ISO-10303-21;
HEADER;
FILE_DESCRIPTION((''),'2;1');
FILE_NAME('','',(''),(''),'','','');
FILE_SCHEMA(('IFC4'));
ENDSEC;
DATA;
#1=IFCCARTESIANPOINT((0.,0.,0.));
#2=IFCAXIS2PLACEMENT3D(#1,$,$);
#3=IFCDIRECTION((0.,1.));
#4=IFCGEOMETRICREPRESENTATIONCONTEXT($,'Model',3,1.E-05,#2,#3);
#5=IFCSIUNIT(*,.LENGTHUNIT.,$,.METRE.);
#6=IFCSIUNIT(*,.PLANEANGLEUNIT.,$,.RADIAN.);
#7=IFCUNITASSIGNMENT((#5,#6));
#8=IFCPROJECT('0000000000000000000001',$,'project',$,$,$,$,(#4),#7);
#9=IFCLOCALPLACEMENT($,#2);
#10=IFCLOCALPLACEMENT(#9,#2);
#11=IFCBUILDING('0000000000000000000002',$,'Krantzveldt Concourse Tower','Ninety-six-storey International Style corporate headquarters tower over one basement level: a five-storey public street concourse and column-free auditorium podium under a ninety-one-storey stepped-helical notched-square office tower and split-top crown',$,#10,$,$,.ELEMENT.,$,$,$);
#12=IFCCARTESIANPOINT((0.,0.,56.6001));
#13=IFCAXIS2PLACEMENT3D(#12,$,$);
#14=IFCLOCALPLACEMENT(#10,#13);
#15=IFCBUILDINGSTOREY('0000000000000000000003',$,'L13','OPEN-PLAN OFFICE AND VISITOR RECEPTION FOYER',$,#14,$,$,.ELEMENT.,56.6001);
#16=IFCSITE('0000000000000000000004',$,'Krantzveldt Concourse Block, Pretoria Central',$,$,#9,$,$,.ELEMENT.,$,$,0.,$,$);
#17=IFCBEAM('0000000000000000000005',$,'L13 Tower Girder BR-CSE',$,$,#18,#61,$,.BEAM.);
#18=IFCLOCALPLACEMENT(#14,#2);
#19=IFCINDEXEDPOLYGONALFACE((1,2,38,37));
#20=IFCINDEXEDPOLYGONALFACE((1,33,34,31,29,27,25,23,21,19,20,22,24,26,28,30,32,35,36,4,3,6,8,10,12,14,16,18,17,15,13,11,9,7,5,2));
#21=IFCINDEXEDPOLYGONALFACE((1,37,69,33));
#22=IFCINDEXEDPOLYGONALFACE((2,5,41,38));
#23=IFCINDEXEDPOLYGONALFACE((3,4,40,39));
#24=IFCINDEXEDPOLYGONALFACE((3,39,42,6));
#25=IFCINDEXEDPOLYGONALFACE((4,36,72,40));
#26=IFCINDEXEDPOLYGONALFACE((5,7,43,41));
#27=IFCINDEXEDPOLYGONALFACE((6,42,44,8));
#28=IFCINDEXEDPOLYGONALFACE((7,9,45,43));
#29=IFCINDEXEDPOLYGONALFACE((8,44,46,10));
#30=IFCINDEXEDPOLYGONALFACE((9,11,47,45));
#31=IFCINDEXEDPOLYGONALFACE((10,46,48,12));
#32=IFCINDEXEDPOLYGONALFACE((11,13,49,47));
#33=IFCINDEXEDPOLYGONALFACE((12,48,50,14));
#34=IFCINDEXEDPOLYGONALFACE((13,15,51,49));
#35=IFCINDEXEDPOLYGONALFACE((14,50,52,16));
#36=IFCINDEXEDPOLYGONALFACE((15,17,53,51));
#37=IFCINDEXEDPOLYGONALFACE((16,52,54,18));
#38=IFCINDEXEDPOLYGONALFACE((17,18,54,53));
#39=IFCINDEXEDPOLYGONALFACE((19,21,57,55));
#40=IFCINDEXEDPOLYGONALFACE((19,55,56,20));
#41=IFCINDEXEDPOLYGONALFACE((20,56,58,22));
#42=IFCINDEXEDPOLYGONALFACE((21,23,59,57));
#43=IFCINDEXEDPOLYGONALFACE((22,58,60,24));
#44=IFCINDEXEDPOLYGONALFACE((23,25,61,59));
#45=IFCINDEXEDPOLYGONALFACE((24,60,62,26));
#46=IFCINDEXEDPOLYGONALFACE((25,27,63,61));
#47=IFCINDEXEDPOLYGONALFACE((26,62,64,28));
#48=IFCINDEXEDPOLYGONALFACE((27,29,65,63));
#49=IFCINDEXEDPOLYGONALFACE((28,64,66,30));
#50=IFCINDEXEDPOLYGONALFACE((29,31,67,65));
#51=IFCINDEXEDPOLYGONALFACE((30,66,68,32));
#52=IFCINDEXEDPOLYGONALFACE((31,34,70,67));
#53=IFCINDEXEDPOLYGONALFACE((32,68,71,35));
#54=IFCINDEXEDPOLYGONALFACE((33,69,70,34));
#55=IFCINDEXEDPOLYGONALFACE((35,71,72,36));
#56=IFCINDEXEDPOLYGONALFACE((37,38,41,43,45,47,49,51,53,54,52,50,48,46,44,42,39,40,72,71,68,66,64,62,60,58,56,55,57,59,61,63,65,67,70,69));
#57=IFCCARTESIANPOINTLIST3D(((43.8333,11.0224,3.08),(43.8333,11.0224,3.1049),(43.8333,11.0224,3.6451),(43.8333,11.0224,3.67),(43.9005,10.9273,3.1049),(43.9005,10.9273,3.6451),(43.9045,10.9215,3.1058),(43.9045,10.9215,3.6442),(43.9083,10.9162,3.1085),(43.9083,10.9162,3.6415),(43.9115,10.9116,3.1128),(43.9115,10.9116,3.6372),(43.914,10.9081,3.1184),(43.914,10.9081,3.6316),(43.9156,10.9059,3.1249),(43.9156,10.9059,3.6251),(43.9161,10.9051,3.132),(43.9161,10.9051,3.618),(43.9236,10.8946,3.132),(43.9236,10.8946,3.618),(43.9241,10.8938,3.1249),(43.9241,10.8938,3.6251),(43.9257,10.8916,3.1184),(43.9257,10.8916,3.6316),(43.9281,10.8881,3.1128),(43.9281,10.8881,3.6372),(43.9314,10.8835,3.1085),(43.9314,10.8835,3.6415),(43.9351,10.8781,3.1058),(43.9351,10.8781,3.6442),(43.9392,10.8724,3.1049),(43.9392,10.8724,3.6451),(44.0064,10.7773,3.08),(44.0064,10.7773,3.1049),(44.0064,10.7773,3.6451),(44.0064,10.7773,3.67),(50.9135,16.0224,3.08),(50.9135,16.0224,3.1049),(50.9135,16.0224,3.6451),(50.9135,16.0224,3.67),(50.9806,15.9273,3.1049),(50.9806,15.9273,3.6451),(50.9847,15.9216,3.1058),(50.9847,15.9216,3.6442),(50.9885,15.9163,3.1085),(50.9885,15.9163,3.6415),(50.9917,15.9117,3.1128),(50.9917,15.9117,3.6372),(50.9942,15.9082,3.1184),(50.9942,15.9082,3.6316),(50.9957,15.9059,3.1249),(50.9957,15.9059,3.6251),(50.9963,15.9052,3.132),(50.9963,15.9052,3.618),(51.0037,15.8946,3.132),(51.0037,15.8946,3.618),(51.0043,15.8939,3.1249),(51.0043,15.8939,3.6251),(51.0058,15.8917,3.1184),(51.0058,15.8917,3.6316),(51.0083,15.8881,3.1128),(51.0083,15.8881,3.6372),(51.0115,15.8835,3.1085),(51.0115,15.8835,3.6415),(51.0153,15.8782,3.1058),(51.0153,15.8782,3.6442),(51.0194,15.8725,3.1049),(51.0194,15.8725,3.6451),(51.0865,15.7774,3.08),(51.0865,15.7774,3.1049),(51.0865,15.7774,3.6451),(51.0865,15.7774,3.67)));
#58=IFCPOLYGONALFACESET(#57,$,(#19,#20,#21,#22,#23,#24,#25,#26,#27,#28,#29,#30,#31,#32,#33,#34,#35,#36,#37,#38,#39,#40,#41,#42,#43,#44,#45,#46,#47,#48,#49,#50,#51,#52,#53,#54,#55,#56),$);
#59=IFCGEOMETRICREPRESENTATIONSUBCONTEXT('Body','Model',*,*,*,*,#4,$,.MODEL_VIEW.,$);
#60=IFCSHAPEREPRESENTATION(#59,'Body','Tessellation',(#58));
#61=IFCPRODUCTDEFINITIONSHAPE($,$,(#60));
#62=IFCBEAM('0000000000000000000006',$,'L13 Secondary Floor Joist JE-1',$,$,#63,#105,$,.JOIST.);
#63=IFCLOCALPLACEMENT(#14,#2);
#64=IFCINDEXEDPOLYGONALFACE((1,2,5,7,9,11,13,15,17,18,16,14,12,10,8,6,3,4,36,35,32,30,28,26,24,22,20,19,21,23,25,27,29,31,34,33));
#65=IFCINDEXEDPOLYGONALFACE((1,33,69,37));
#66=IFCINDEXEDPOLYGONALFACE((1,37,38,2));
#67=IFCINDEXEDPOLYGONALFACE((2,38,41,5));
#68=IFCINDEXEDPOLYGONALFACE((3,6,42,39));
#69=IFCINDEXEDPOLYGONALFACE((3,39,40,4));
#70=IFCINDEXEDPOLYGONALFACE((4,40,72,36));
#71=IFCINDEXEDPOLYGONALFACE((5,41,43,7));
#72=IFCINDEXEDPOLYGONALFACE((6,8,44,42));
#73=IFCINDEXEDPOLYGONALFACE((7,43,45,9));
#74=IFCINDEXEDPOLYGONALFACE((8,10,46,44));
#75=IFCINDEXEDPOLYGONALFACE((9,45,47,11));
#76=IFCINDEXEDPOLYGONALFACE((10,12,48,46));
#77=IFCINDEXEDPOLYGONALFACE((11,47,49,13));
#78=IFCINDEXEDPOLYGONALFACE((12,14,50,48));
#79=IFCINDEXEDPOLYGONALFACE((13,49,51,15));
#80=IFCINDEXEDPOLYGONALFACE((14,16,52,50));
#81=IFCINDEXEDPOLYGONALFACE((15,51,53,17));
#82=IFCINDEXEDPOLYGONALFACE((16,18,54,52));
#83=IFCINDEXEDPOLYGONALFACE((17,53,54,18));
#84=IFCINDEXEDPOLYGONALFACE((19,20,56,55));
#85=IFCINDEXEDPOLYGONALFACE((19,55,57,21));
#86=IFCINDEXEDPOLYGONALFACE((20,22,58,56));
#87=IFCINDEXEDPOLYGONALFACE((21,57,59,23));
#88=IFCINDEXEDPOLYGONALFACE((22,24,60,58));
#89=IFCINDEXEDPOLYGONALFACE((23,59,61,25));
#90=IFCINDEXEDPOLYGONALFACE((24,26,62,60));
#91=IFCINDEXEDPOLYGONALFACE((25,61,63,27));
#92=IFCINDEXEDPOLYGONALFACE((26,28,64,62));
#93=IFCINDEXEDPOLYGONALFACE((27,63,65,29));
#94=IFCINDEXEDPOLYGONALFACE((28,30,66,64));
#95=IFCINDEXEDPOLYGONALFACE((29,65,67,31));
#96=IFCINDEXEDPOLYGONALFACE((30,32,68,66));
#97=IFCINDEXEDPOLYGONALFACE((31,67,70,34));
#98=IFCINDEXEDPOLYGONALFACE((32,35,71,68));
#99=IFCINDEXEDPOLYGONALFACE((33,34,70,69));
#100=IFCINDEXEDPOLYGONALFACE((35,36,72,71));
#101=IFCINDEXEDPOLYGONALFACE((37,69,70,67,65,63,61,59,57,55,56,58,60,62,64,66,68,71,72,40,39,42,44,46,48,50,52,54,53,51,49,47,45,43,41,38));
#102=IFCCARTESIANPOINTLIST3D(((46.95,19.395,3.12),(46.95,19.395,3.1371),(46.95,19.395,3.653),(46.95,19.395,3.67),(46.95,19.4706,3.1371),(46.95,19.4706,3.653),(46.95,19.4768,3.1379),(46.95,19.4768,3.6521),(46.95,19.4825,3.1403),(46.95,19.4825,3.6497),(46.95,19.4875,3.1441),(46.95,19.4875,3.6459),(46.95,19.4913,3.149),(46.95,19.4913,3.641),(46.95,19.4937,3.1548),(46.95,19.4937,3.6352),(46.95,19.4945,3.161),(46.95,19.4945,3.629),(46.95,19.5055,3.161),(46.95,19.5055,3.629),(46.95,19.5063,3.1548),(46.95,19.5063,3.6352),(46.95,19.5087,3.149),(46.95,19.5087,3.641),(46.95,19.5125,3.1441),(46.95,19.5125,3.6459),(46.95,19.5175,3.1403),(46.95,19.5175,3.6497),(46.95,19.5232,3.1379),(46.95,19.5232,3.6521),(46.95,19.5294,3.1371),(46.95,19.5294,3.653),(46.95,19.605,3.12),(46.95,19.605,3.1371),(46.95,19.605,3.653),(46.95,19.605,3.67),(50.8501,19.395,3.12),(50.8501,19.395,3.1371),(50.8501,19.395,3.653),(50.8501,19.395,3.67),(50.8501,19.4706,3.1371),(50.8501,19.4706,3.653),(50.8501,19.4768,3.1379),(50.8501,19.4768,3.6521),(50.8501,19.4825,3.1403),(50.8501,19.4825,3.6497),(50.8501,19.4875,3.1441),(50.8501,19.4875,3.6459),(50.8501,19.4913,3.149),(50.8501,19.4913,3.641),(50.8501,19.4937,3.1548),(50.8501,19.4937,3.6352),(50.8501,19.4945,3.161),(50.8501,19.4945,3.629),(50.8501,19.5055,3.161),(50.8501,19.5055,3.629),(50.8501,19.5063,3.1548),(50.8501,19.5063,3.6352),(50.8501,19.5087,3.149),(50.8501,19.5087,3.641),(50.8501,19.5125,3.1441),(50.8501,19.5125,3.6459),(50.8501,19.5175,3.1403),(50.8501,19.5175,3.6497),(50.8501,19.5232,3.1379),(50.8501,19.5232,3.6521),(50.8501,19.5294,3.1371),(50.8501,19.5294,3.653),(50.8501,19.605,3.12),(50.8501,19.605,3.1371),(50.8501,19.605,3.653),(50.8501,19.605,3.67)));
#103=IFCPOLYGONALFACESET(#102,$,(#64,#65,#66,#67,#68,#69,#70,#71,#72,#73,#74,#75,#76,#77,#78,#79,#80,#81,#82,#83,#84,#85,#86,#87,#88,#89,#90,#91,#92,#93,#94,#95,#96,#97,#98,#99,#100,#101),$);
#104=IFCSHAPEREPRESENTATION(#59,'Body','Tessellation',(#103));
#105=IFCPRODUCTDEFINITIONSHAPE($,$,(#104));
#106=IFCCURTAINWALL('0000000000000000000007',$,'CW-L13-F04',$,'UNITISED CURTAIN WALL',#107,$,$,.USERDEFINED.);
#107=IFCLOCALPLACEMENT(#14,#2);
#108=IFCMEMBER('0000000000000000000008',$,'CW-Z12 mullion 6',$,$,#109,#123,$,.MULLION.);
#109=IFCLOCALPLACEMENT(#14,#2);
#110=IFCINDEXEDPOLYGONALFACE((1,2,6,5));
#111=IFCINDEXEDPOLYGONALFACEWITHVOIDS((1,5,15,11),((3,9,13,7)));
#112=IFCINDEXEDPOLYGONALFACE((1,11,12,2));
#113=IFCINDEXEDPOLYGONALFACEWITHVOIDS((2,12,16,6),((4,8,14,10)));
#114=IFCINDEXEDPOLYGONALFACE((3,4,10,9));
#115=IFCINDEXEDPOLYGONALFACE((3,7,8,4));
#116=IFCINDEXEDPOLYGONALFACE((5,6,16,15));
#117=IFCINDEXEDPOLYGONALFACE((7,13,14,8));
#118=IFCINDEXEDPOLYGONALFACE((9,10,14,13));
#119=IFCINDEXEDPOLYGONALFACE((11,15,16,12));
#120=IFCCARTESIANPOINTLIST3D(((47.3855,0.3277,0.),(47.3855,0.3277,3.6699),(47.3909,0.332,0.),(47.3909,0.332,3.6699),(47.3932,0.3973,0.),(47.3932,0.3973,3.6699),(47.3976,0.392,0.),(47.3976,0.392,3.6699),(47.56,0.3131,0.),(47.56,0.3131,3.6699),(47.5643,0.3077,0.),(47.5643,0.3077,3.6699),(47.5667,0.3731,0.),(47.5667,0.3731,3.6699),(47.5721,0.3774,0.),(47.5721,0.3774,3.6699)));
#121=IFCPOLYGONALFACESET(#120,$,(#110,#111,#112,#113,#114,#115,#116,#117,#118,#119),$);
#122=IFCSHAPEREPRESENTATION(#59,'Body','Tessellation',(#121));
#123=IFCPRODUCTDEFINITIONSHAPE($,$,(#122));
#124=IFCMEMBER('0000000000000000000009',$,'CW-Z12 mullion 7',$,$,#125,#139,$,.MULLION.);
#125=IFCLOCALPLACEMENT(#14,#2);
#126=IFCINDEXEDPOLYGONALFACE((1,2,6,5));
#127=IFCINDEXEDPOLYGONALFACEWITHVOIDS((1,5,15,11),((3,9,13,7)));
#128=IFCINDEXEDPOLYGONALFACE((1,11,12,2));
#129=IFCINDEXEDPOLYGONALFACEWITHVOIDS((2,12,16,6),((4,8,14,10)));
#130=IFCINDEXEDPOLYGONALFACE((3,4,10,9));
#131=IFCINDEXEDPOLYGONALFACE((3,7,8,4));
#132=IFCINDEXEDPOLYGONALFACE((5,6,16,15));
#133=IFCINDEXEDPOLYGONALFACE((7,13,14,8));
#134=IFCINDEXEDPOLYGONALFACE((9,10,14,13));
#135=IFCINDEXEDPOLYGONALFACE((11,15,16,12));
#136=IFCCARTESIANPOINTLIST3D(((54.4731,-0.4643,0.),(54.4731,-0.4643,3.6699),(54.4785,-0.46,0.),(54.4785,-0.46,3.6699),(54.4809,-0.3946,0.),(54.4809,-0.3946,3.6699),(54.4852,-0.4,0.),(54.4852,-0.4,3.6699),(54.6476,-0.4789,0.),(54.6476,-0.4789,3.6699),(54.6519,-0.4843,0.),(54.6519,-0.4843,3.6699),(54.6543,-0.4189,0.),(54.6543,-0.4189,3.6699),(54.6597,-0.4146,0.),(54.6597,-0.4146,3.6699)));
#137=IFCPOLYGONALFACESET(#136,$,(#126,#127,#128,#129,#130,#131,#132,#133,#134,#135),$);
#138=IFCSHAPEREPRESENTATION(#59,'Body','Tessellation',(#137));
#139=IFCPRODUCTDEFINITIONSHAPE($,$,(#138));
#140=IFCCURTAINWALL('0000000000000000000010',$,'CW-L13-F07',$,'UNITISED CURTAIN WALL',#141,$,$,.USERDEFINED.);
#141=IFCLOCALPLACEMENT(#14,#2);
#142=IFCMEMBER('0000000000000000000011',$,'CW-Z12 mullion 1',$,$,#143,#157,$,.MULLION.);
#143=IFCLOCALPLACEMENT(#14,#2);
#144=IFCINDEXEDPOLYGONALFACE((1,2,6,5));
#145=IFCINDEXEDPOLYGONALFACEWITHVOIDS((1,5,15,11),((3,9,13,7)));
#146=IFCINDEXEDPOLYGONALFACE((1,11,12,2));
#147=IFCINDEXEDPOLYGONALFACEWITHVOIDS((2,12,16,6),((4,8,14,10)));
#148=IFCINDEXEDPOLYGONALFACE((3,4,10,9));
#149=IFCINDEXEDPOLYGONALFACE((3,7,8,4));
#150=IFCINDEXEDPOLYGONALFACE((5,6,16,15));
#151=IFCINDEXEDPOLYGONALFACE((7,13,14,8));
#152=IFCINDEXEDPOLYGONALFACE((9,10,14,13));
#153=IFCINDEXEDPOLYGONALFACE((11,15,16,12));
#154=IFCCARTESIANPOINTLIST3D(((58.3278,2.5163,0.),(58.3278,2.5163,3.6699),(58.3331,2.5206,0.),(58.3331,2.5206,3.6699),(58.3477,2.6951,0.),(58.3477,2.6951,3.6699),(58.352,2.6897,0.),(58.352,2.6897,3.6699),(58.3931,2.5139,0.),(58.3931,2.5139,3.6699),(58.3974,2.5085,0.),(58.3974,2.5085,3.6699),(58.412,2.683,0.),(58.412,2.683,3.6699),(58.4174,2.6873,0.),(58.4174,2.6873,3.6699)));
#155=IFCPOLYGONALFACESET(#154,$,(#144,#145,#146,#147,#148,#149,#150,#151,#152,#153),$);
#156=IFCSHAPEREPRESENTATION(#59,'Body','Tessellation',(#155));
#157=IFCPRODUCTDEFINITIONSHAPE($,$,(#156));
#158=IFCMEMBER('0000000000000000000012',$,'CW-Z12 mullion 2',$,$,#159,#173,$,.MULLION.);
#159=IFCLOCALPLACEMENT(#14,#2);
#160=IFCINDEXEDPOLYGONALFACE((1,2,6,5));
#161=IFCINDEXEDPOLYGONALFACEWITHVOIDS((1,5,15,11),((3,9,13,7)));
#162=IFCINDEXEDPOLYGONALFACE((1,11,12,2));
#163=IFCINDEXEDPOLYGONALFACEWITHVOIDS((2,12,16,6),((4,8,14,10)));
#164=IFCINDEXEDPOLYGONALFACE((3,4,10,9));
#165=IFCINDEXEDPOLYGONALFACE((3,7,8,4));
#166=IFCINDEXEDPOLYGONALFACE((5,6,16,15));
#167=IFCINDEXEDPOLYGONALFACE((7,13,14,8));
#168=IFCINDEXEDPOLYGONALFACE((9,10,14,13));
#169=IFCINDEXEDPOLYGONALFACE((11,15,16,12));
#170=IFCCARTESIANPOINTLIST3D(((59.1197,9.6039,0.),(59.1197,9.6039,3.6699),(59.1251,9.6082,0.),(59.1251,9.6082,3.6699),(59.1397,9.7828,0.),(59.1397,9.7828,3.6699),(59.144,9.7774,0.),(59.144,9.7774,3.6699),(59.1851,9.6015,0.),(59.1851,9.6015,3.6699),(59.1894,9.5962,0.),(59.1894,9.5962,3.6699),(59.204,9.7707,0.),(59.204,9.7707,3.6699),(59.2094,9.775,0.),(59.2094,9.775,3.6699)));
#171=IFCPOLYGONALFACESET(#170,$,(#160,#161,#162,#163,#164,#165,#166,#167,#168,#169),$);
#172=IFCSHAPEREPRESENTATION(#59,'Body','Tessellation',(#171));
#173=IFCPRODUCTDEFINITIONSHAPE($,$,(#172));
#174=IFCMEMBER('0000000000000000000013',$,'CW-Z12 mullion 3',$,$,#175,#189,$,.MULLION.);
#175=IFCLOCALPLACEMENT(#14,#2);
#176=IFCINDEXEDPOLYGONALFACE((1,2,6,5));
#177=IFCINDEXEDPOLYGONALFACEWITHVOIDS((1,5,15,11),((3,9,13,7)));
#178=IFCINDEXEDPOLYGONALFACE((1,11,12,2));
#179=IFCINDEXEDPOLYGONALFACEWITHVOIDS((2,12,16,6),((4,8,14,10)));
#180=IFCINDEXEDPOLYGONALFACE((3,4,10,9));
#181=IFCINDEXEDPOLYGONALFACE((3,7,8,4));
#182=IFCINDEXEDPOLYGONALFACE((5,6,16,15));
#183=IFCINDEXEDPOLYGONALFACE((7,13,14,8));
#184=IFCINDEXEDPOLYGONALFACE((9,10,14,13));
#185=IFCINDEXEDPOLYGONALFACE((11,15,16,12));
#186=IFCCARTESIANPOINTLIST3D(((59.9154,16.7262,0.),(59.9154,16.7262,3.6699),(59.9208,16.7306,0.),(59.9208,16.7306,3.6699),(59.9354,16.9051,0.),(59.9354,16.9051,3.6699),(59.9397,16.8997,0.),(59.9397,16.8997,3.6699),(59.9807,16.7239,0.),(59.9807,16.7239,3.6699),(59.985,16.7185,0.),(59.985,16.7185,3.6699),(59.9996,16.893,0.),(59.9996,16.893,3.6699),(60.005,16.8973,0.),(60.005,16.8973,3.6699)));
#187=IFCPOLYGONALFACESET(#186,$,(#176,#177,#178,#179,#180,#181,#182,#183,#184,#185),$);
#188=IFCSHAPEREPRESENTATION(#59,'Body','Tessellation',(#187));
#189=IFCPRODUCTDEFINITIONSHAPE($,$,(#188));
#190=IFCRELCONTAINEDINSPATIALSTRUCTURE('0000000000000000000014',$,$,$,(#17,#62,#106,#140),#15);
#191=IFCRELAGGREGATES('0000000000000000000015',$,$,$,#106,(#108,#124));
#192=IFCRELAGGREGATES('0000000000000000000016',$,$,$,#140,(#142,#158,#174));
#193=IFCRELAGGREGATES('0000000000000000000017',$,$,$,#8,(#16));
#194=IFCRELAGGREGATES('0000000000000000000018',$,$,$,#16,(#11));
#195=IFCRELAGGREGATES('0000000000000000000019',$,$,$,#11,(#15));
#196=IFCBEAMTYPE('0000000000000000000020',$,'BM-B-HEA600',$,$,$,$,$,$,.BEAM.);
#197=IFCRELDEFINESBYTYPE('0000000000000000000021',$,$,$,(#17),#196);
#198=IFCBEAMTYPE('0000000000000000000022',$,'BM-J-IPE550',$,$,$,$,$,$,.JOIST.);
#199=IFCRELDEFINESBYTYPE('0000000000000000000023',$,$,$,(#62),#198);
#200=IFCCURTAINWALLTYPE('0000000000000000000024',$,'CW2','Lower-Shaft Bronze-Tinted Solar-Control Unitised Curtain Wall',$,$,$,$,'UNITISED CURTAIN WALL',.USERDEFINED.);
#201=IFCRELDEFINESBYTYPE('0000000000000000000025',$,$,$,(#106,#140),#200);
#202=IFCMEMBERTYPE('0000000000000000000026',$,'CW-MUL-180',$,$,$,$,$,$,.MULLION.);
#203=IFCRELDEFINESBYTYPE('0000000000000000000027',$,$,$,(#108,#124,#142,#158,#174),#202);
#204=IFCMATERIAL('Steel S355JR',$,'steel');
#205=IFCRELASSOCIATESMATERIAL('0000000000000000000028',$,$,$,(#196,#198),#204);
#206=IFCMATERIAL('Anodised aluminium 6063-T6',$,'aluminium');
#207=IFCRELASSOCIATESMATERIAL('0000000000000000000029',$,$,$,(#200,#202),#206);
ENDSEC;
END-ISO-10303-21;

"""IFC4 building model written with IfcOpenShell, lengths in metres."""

from ifc_helpers import new_model, si_unit, direction, frame, origin, origin_2d, place, context, subcontext, project, spatial, hollow_rectangle, i_section, extrude, source, transform, mapped, material, material_profile, profile_set, type_object, type_shapes, element, aggregate, save


model = new_model("IFC4")

# Units and contexts
model_context = context("Model", 3, precision=1e-05, world=origin(), true_north=direction((0.0, 1.0)))
body_context = subcontext(model_context, "Body", "Model", "MODEL_VIEW")
ifc_project = project(units=[si_unit("LENGTHUNIT", "METRE"), si_unit("PLANEANGLEUNIT", "RADIAN")], contexts=[model_context])

# Site, building, storey
site_placement = place(None, origin())
site = spatial("IfcSite", under=ifc_project, at=site_placement, Name="Krantzveldt Concourse Block, Pretoria Central", CompositionType="ELEMENT", RefElevation=0.0)
building_placement = place(site_placement, origin())
building = spatial("IfcBuilding", under=site, at=building_placement, Name="Krantzveldt Concourse Tower", Description="Ninety-six-storey International Style corporate headquarters tower over one basement level: a five-storey public street concourse and column-free auditorium podium under a ninety-one-storey stepped-helical notched-square office tower and split-top crown", CompositionType="ELEMENT")
storey_placement = place(building_placement, frame((0.0, 0.0, 56.6001)))
storey = spatial("IfcBuildingStorey", under=building, at=storey_placement, Name="L13", Description="OPEN-PLAN OFFICE AND VISITOR RECEPTION FOYER", CompositionType="ELEMENT", Elevation=56.6001)

# Beams
ifc_material_1 = material(Name="Steel S355JR", Category="steel")
ifc_material_profile_1 = material_profile(ifc_material_1, i_section(OverallWidth=0.3, OverallDepth=0.5901, WebThickness=0.0129, FlangeThickness=0.0249, FilletRadius=0.0271, at=origin_2d()), Name="Steel S355JR", Category="steel")
ifc_profile_set_1 = profile_set([ifc_material_profile_1], Name="Steel S355JR - HEA 600")
beam_type_1 = type_object("IfcBeamType", Name="BM-B-HEA600", PredefinedType="BEAM", material=ifc_profile_set_1)
shared_shape_1 = source(origin(), body_context, "Body", "SweptSolid", [
    extrude(i_section(OverallWidth=0.3, OverallDepth=0.5901, WebThickness=0.0129, FlangeThickness=0.0249, FilletRadius=0.0271, at=origin_2d()), origin(), (0.0, 0.0, 1.0), 8.6677),
])
beam_1_placement = place(storey_placement, frame((51.0, 15.8999, 3.375), z_axis=(-0.816843, -0.57686, 0.0), x_axis=(0.57686, -0.816843, 0.0)))
element("IfcBeam", 1, at=beam_1_placement, inside=storey, type_object=beam_type_1, Name="L13 Tower Girder BR-CSE", PredefinedType="BEAM", context=body_context, shape_type="MappedRepresentation", body=[
    mapped(shared_shape_1, transform((0.0, 0.0, 0.0), x_axis=(1.0, 0.0, 0.0), y_axis=(0.0, 1.0, 0.0), z_axis=(0.0, 0.0, 1.0), scale=1.0)),
])
ifc_material_profile_2 = material_profile(ifc_material_1, i_section(OverallWidth=0.21, OverallDepth=0.55, WebThickness=0.011, FlangeThickness=0.0171, FilletRadius=0.0239, at=origin_2d()), Name="Steel S355JR", Category="steel")
ifc_profile_set_2 = profile_set([ifc_material_profile_2], Name="Steel S355JR - IPE 550")
beam_type_2 = type_object("IfcBeamType", Name="BM-J-IPE550", PredefinedType="JOIST", material=ifc_profile_set_2)
shared_shape_2 = source(origin(), body_context, "Body", "SweptSolid", [
    extrude(i_section(OverallWidth=0.21, OverallDepth=0.55, WebThickness=0.011, FlangeThickness=0.0171, FilletRadius=0.0239, at=origin_2d()), origin(), (0.0, 0.0, 1.0), 3.9001),
])
type_shapes(beam_type_2, [shared_shape_2])
beam_2_placement = place(storey_placement, frame((46.95, 19.5, 3.395), z_axis=(1.0, 0.0, 0.0), x_axis=(0.0, 1.0, 0.0)))
element("IfcBeam", 2, at=beam_2_placement, inside=storey, type_object=beam_type_2, Name="L13 Secondary Floor Joist JE-1", PredefinedType="JOIST", context=body_context, shape_type="MappedRepresentation", body=[
    mapped(shared_shape_2, transform((0.0, 0.0, 0.0), x_axis=(1.0, 0.0, 0.0), y_axis=(0.0, 1.0, 0.0), z_axis=(0.0, 0.0, 1.0), scale=1.0)),
])

# Curtain walls, members
ifc_material_2 = material(Name="Anodised aluminium 6063-T6", Category="aluminium")
curtain_wall_type = type_object("IfcCurtainWallType", Name="CW2", Description="Lower-Shaft Bronze-Tinted Solar-Control Unitised Curtain Wall", ElementType="UNITISED CURTAIN WALL", PredefinedType="USERDEFINED", material=ifc_material_2)
curtain_wall_1_placement = place(storey_placement, origin())
curtain_wall_1 = element("IfcCurtainWall", 3, at=curtain_wall_1_placement, inside=storey, type_object=curtain_wall_type, Name="CW-L13-F04", ObjectType="UNITISED CURTAIN WALL", PredefinedType="USERDEFINED")
ifc_material_profile_3 = material_profile(ifc_material_2, hollow_rectangle(XDim=0.0701, YDim=0.1799, WallThickness=0.0049, at=origin_2d()), Name="Anodised aluminium 6063-T6", Category="aluminium")
ifc_profile_set_3 = profile_set([ifc_material_profile_3], Name="Anodised aluminium 6063-T6 - ALU-MULL 180x70x5")
member_type_1 = type_object("IfcMemberType", Name="CW-MUL-180", PredefinedType="MULLION", material=ifc_profile_set_3)
shared_shape_3 = source(origin(), body_context, "Body", "SweptSolid", [
    extrude(hollow_rectangle(XDim=0.0701, YDim=0.1799, WallThickness=0.0049, at=origin_2d()), origin(), (0.0, 0.0, 1.0), 3.6699),
])
type_shapes(member_type_1, [shared_shape_3])
member_1_placement = place(storey_placement, frame((47.4788, 0.3525, 0.0), z_axis=(0.0, 0.0, 1.0), x_axis=(0.111035, 0.993816, 0.0)))
member_1 = element("IfcMember", 4, at=member_1_placement, type_object=member_type_1, Name="CW-Z12 mullion 6", PredefinedType="MULLION", context=body_context, shape_type="MappedRepresentation", body=[
    mapped(shared_shape_3, transform((0.0, 0.0, 0.0), x_axis=(1.0, 0.0, 0.0), y_axis=(0.0, 1.0, 0.0), z_axis=(0.0, 0.0, 1.0), scale=1.0)),
])
member_2_placement = place(storey_placement, frame((54.5664, -0.4395, 0.0), z_axis=(0.0, 0.0, 1.0), x_axis=(0.111035, 0.993816, 0.0)))
member_2 = element("IfcMember", 5, at=member_2_placement, type_object=member_type_1, Name="CW-Z12 mullion 7", PredefinedType="MULLION", context=body_context, shape_type="MappedRepresentation", body=[
    mapped(shared_shape_3, transform((0.0, 0.0, 0.0), x_axis=(1.0, 0.0, 0.0), y_axis=(0.0, 1.0, 0.0), z_axis=(0.0, 0.0, 1.0), scale=1.0)),
])
curtain_wall_2_placement = place(storey_placement, origin())
curtain_wall_2 = element("IfcCurtainWall", 6, at=curtain_wall_2_placement, inside=storey, type_object=curtain_wall_type, Name="CW-L13-F07", ObjectType="UNITISED CURTAIN WALL", PredefinedType="USERDEFINED")
member_3_placement = place(storey_placement, frame((58.3726, 2.6018, 0.0), z_axis=(0.0, 0.0, 1.0), x_axis=(-0.993816, 0.111035, 0.0)))
member_3 = element("IfcMember", 7, at=member_3_placement, type_object=member_type_1, Name="CW-Z12 mullion 1", PredefinedType="MULLION", context=body_context, shape_type="MappedRepresentation", body=[
    mapped(shared_shape_3, transform((0.0, 0.0, 0.0), x_axis=(1.0, 0.0, 0.0), y_axis=(0.0, 1.0, 0.0), z_axis=(0.0, 0.0, 1.0), scale=1.0)),
])
member_4_placement = place(storey_placement, frame((59.1646, 9.6895, 0.0), z_axis=(0.0, 0.0, 1.0), x_axis=(-0.993816, 0.111035, 0.0)))
member_4 = element("IfcMember", 8, at=member_4_placement, type_object=member_type_1, Name="CW-Z12 mullion 2", PredefinedType="MULLION", context=body_context, shape_type="MappedRepresentation", body=[
    mapped(shared_shape_3, transform((0.0, 0.0, 0.0), x_axis=(1.0, 0.0, 0.0), y_axis=(0.0, 1.0, 0.0), z_axis=(0.0, 0.0, 1.0), scale=1.0)),
])
member_5_placement = place(storey_placement, frame((59.9602, 16.8118, 0.0), z_axis=(0.0, 0.0, 1.0), x_axis=(-0.993816, 0.111035, 0.0)))
member_5 = element("IfcMember", 9, at=member_5_placement, type_object=member_type_1, Name="CW-Z12 mullion 3", PredefinedType="MULLION", context=body_context, shape_type="MappedRepresentation", body=[
    mapped(shared_shape_3, transform((0.0, 0.0, 0.0), x_axis=(1.0, 0.0, 0.0), y_axis=(0.0, 1.0, 0.0), z_axis=(0.0, 0.0, 1.0), scale=1.0)),
])

aggregate(curtain_wall_1, [member_1, member_2])
aggregate(curtain_wall_2, [member_3, member_4, member_5])

save(model, "model.ifc")
